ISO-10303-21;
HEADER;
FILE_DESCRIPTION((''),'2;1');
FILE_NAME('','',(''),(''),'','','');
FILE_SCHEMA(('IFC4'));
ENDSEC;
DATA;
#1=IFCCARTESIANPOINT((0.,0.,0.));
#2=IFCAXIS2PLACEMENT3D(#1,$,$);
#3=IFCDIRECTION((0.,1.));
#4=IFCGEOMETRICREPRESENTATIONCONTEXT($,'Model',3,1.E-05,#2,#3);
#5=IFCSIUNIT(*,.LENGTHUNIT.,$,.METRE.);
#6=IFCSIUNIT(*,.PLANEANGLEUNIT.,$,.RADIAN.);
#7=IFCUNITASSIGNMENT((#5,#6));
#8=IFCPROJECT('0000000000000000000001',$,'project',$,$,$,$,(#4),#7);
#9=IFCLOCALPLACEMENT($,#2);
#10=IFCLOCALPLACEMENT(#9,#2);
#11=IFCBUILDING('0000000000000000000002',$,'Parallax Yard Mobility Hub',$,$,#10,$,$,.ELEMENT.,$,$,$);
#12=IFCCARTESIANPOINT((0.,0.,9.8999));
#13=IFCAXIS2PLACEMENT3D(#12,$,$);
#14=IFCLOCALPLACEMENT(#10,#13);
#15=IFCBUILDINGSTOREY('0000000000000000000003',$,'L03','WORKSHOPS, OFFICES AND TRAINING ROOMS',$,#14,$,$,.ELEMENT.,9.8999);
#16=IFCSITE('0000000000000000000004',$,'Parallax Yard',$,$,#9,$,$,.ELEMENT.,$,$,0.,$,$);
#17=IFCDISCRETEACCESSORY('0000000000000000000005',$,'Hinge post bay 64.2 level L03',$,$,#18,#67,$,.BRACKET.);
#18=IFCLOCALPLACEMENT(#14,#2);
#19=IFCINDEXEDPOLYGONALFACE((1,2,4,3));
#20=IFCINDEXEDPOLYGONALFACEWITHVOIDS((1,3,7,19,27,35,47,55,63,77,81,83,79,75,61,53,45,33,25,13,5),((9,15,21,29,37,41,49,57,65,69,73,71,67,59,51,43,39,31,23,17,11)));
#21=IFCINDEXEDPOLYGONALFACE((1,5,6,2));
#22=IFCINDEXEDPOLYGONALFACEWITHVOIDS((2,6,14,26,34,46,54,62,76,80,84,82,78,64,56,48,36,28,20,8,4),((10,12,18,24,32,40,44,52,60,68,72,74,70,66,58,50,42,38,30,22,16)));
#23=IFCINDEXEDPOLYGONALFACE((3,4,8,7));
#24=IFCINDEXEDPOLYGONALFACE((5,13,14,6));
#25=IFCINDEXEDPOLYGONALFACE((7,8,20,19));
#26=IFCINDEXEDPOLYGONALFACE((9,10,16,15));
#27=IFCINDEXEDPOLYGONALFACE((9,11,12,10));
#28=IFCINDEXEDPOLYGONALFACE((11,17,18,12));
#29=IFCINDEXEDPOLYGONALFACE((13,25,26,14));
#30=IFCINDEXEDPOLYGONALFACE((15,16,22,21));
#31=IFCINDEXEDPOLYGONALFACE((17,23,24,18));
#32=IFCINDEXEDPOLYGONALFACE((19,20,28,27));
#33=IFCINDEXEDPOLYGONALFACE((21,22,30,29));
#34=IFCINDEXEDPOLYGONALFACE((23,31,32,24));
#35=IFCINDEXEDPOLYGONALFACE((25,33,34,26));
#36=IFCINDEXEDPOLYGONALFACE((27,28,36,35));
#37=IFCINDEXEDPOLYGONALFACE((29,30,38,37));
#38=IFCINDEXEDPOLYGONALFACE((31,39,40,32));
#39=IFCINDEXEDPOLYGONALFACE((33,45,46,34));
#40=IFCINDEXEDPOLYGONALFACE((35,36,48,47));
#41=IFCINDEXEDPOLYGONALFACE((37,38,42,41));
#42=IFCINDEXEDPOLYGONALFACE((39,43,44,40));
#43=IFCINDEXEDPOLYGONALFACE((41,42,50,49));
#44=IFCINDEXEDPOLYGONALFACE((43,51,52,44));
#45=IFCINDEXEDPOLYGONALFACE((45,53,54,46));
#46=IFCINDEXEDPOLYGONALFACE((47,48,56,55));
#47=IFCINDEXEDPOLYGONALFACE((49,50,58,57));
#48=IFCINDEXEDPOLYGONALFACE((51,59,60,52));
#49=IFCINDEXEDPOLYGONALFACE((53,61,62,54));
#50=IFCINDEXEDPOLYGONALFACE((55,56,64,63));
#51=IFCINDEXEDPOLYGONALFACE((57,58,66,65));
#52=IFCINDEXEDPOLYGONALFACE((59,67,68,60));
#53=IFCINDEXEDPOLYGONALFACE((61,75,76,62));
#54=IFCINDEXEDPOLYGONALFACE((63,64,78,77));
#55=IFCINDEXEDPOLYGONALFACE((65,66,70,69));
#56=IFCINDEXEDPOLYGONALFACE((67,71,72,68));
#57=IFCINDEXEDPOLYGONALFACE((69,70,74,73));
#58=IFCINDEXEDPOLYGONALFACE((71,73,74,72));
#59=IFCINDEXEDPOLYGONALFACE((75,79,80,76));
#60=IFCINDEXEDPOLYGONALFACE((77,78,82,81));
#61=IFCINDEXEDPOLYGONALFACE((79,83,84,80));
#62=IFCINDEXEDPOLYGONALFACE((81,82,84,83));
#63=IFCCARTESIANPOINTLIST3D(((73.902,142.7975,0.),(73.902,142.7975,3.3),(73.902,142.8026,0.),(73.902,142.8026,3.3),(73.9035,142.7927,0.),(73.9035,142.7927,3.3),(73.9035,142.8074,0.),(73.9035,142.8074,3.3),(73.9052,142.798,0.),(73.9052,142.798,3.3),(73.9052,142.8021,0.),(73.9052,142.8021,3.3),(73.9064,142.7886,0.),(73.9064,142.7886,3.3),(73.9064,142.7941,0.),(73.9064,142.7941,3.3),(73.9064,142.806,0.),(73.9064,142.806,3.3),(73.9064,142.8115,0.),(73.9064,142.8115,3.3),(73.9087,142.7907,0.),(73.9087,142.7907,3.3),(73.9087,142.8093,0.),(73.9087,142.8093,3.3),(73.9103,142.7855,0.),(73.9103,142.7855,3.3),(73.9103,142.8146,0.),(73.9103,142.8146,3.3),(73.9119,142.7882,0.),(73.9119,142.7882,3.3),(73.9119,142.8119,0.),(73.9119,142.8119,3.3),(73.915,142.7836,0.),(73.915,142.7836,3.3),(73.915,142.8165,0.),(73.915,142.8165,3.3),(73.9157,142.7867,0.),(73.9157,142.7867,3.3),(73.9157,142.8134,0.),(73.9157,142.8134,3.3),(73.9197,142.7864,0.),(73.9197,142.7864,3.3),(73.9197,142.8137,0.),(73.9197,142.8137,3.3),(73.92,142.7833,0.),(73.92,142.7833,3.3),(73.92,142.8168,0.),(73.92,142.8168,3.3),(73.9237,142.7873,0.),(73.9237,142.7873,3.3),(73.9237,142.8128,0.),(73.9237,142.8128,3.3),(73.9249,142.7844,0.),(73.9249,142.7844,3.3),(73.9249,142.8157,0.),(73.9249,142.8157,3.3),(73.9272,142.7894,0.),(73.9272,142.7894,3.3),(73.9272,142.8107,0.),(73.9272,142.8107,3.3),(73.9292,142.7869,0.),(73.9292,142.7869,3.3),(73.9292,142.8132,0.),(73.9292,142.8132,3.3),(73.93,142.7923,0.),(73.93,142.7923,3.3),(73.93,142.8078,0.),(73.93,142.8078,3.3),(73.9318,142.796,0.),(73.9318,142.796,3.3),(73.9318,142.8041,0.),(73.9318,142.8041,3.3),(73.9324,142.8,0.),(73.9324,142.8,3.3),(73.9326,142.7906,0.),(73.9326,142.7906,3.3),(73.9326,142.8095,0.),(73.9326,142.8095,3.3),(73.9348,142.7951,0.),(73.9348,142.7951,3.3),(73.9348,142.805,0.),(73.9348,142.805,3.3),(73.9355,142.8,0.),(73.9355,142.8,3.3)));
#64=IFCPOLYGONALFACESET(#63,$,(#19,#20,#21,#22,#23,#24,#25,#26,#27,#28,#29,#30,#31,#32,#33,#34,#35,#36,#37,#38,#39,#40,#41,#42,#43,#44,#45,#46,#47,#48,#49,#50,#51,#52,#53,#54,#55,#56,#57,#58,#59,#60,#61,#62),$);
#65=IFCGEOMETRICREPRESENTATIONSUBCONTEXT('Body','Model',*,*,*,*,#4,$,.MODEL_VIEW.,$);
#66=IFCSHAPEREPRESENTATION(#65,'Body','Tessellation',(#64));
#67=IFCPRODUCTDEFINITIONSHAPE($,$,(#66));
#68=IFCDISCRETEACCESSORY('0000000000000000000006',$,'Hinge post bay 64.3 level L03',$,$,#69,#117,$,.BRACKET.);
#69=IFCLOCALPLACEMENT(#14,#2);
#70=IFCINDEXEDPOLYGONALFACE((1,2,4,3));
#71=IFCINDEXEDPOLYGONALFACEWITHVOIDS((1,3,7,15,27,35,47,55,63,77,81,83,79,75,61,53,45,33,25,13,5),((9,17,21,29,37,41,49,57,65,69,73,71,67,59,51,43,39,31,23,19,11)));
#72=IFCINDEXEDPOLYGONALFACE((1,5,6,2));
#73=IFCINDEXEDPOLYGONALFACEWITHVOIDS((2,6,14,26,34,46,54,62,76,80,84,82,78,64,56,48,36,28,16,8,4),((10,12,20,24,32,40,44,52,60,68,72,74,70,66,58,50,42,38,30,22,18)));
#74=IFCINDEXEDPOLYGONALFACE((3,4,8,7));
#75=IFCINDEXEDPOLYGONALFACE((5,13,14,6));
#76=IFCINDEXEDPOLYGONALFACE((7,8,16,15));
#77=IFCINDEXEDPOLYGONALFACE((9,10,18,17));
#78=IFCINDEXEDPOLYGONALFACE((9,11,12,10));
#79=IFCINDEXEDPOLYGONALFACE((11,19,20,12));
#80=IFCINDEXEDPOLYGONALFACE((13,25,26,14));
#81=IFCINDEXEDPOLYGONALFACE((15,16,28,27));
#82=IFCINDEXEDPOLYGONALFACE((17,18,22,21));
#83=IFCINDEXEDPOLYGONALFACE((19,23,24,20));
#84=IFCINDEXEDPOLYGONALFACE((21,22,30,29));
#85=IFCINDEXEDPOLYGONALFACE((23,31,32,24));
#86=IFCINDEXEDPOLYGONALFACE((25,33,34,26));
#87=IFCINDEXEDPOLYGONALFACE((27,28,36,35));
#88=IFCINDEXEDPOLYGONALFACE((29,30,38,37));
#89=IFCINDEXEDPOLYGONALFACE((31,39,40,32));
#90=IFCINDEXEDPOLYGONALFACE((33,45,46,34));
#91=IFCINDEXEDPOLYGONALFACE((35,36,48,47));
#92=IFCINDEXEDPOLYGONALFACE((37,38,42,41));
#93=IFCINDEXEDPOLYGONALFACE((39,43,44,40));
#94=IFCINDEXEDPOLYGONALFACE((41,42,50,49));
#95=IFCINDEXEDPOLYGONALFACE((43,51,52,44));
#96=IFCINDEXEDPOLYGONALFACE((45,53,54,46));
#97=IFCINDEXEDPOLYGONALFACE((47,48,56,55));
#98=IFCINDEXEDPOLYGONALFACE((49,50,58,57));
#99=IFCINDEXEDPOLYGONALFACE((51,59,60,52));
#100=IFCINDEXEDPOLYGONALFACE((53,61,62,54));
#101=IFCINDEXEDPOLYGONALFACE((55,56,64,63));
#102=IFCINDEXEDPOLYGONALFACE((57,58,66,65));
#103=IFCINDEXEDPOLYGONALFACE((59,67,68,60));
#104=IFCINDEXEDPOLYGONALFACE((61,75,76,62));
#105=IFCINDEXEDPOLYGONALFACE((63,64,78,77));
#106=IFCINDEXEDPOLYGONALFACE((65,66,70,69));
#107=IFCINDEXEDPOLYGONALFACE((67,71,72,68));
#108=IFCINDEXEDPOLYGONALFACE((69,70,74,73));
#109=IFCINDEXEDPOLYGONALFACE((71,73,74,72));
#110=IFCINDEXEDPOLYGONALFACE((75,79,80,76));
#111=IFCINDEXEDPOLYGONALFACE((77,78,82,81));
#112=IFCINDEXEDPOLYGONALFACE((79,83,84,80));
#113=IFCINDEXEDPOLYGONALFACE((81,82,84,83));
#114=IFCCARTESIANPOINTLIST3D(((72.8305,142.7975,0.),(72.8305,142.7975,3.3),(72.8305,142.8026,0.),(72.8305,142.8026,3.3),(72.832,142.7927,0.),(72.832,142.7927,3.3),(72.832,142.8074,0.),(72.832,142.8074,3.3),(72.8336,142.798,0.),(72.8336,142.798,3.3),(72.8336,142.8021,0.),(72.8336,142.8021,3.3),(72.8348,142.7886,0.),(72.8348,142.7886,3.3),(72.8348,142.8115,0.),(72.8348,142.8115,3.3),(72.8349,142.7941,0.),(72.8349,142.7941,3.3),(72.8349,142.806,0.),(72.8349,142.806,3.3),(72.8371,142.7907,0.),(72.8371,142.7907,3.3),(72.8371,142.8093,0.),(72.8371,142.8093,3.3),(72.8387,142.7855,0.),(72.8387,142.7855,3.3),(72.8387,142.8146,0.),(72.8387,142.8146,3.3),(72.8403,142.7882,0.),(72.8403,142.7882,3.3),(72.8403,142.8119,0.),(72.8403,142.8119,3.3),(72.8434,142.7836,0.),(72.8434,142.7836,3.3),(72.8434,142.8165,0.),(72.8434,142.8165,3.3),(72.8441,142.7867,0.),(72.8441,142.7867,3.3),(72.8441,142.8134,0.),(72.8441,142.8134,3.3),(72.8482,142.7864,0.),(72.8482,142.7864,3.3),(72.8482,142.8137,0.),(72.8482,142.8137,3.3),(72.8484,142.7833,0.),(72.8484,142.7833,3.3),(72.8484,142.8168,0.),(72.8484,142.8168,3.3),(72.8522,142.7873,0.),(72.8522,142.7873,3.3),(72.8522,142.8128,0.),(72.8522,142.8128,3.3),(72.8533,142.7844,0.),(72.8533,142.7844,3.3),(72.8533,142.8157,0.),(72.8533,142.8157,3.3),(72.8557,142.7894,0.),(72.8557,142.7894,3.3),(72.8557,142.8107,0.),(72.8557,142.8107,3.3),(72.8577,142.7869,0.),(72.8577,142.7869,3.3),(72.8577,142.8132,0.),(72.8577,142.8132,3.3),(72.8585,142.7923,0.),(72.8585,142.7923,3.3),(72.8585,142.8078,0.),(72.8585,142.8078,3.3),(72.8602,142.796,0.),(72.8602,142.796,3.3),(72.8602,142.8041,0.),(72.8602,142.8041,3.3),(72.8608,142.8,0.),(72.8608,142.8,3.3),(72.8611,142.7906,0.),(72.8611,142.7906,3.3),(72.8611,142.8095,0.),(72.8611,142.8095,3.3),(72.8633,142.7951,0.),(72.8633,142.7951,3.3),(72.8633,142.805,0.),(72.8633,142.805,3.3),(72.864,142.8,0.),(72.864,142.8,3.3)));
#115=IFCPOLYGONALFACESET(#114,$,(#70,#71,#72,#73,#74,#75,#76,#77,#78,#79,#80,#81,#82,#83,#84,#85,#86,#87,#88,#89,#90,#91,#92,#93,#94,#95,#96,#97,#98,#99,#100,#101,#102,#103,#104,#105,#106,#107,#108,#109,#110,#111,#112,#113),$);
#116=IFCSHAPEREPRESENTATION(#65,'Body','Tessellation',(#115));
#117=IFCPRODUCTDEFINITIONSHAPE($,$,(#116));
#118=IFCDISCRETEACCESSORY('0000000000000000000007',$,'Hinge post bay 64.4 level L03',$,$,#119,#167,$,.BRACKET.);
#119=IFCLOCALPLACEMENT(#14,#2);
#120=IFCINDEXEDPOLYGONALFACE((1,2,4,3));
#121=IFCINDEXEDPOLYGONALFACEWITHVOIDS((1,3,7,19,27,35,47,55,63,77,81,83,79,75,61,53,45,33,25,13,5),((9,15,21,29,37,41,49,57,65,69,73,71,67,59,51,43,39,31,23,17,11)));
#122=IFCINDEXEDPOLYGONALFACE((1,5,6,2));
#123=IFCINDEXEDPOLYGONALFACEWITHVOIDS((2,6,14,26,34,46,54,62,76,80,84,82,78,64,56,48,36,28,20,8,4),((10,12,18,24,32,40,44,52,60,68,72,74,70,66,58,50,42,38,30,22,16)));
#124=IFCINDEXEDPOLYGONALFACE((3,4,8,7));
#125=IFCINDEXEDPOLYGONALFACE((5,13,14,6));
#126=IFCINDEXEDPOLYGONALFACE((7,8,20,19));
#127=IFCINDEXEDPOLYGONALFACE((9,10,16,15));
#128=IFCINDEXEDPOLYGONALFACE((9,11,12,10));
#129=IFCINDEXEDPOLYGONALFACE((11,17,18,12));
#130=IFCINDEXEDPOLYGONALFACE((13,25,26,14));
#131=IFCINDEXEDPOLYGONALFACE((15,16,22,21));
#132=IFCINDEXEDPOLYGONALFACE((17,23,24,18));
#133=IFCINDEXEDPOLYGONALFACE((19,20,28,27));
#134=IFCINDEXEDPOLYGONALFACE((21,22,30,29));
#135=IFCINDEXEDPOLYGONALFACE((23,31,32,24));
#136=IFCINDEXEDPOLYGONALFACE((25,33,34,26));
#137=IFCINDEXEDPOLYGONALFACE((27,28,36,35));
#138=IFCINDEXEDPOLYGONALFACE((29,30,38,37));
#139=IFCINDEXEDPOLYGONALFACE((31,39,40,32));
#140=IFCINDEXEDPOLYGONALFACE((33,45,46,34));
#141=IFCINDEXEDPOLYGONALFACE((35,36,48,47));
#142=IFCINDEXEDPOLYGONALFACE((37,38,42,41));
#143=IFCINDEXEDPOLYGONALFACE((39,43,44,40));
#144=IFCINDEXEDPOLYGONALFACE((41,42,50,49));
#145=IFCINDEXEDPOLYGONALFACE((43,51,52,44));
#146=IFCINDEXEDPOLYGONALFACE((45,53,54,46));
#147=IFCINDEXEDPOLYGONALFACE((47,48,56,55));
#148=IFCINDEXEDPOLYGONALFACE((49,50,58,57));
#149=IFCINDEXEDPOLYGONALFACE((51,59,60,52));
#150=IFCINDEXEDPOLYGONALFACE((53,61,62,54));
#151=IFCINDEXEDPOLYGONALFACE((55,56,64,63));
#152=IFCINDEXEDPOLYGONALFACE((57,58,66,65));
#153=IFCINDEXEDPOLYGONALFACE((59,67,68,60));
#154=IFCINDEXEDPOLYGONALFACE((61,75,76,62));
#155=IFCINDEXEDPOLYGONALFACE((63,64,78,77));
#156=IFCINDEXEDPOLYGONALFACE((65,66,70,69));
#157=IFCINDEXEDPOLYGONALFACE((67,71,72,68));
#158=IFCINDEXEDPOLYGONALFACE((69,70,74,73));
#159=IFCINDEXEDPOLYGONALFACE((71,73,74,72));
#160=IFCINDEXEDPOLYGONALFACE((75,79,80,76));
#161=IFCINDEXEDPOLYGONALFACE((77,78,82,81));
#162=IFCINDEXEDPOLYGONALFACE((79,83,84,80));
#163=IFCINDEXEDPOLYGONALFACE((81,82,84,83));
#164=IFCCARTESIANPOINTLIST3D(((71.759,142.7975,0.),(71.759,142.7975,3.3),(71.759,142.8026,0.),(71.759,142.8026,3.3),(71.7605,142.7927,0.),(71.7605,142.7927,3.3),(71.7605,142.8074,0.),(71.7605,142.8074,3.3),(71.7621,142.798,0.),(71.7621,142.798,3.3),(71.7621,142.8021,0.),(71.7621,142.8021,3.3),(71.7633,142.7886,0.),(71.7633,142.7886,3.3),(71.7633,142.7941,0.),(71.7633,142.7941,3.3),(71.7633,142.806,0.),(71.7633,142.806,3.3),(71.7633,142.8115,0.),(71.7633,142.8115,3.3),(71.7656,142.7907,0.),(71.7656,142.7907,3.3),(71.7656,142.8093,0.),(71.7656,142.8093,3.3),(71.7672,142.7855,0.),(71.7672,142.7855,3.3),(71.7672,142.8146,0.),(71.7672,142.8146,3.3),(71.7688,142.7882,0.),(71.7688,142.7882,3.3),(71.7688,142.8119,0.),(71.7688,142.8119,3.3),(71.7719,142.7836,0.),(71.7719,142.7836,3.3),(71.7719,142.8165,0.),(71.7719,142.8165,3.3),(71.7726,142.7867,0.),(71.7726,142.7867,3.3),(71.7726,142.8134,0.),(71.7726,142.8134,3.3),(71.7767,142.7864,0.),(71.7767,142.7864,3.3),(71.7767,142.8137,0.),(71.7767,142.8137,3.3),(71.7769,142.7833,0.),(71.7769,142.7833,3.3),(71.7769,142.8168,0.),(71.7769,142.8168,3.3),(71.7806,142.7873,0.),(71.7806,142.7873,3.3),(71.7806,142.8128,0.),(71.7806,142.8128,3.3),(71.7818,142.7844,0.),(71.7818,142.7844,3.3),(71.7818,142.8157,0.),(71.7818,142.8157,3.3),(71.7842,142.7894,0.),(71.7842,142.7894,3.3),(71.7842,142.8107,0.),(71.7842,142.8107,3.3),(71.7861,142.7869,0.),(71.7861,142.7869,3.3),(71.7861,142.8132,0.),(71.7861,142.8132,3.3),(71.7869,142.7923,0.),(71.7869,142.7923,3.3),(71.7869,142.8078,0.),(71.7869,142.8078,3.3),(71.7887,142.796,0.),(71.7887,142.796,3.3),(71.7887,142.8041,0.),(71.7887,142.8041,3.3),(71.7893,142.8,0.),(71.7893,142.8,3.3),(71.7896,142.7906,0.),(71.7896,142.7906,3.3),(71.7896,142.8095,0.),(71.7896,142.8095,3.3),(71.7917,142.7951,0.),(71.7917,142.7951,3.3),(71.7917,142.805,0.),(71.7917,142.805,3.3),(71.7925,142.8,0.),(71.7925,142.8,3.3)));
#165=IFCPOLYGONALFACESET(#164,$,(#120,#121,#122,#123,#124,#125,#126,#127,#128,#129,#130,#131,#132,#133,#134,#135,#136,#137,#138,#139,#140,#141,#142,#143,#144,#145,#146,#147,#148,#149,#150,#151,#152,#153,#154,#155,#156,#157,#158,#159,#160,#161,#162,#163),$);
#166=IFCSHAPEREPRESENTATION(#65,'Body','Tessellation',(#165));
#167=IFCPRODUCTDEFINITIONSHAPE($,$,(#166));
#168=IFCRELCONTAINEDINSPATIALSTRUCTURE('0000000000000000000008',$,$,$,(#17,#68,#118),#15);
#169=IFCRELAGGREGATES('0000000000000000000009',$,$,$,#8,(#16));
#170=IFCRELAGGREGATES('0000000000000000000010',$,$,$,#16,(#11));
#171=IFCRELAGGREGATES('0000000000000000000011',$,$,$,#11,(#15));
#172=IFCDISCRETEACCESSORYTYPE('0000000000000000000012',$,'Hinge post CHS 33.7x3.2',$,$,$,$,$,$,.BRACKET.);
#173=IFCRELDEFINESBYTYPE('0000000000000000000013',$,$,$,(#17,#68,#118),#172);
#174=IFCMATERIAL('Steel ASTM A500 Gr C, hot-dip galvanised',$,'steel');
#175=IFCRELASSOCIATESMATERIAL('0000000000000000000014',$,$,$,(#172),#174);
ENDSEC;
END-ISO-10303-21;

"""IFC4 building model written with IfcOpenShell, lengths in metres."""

from ifc_helpers import new_model, si_unit, direction, frame, origin, origin_2d, place, context, subcontext, project, spatial, hollow_circle, extrude, material, material_profile, profile_set, type_object, element, save


model = new_model("IFC4")

# Units and contexts
model_context = context("Model", 3, precision=1e-05, world=origin(), true_north=direction((0.0, 1.0)))
body_context = subcontext(model_context, "Body", "Model", "MODEL_VIEW")
ifc_project = project(units=[si_unit("LENGTHUNIT", "METRE"), si_unit("PLANEANGLEUNIT", "RADIAN")], contexts=[model_context])

# Site, building, storey
site_placement = place(None, origin())
site = spatial("IfcSite", under=ifc_project, at=site_placement, Name="Parallax Yard", CompositionType="ELEMENT", RefElevation=0.0)
building_placement = place(site_placement, origin())
building = spatial("IfcBuilding", under=site, at=building_placement, Name="Parallax Yard Mobility Hub", CompositionType="ELEMENT")
storey_placement = place(building_placement, frame((0.0, 0.0, 9.8999)))
storey = spatial("IfcBuildingStorey", under=building, at=storey_placement, Name="L03", Description="WORKSHOPS, OFFICES AND TRAINING ROOMS", CompositionType="ELEMENT", Elevation=9.8999)

# Discrete accessories
ifc_material_1 = material(Name="Steel ASTM A500 Gr C, hot-dip galvanised", Category="steel")
ifc_material_profile = material_profile(ifc_material_1, hollow_circle(Radius=0.0168, WallThickness=0.0032, at=origin_2d()), Name="CHS 33.7x3.2")
ifc_profile_set = profile_set([ifc_material_profile], Name="Steel ASTM A500 Gr C, hot-dip galvanised")
discrete_accessory_type_1 = type_object("IfcDiscreteAccessoryType", Name="Hinge post CHS 33.7x3.2", PredefinedType="BRACKET", material=ifc_profile_set)
for number, where, z_axis, x_axis, name in (
    (1, (73.9187, 142.8, 0.0), (0.0, 0.0, 1.0), (1.0, 0.0, 0.0), "Hinge post bay 64.2 level L03"),
    (2, (72.8472, 142.8, 0.0), (0.0, 0.0, 1.0), (1.0, 0.0, 0.0), "Hinge post bay 64.3 level L03"),
    (3, (71.7756, 142.8, 0.0), (0.0, 0.0, 1.0), (1.0, 0.0, 0.0), "Hinge post bay 64.4 level L03"),
):
    element("IfcDiscreteAccessory", number, at=place(storey_placement, frame(where, z_axis=z_axis, x_axis=x_axis)), inside=storey, type_object=discrete_accessory_type_1, Name=name, PredefinedType="BRACKET", context=body_context, shape_type="SweptSolid", body=[
        extrude(hollow_circle(Radius=0.0168, WallThickness=0.0032, at=origin_2d()), origin(), (0.0, 0.0, 1.0), 3.3),
    ])

save(model, "model.ifc")
